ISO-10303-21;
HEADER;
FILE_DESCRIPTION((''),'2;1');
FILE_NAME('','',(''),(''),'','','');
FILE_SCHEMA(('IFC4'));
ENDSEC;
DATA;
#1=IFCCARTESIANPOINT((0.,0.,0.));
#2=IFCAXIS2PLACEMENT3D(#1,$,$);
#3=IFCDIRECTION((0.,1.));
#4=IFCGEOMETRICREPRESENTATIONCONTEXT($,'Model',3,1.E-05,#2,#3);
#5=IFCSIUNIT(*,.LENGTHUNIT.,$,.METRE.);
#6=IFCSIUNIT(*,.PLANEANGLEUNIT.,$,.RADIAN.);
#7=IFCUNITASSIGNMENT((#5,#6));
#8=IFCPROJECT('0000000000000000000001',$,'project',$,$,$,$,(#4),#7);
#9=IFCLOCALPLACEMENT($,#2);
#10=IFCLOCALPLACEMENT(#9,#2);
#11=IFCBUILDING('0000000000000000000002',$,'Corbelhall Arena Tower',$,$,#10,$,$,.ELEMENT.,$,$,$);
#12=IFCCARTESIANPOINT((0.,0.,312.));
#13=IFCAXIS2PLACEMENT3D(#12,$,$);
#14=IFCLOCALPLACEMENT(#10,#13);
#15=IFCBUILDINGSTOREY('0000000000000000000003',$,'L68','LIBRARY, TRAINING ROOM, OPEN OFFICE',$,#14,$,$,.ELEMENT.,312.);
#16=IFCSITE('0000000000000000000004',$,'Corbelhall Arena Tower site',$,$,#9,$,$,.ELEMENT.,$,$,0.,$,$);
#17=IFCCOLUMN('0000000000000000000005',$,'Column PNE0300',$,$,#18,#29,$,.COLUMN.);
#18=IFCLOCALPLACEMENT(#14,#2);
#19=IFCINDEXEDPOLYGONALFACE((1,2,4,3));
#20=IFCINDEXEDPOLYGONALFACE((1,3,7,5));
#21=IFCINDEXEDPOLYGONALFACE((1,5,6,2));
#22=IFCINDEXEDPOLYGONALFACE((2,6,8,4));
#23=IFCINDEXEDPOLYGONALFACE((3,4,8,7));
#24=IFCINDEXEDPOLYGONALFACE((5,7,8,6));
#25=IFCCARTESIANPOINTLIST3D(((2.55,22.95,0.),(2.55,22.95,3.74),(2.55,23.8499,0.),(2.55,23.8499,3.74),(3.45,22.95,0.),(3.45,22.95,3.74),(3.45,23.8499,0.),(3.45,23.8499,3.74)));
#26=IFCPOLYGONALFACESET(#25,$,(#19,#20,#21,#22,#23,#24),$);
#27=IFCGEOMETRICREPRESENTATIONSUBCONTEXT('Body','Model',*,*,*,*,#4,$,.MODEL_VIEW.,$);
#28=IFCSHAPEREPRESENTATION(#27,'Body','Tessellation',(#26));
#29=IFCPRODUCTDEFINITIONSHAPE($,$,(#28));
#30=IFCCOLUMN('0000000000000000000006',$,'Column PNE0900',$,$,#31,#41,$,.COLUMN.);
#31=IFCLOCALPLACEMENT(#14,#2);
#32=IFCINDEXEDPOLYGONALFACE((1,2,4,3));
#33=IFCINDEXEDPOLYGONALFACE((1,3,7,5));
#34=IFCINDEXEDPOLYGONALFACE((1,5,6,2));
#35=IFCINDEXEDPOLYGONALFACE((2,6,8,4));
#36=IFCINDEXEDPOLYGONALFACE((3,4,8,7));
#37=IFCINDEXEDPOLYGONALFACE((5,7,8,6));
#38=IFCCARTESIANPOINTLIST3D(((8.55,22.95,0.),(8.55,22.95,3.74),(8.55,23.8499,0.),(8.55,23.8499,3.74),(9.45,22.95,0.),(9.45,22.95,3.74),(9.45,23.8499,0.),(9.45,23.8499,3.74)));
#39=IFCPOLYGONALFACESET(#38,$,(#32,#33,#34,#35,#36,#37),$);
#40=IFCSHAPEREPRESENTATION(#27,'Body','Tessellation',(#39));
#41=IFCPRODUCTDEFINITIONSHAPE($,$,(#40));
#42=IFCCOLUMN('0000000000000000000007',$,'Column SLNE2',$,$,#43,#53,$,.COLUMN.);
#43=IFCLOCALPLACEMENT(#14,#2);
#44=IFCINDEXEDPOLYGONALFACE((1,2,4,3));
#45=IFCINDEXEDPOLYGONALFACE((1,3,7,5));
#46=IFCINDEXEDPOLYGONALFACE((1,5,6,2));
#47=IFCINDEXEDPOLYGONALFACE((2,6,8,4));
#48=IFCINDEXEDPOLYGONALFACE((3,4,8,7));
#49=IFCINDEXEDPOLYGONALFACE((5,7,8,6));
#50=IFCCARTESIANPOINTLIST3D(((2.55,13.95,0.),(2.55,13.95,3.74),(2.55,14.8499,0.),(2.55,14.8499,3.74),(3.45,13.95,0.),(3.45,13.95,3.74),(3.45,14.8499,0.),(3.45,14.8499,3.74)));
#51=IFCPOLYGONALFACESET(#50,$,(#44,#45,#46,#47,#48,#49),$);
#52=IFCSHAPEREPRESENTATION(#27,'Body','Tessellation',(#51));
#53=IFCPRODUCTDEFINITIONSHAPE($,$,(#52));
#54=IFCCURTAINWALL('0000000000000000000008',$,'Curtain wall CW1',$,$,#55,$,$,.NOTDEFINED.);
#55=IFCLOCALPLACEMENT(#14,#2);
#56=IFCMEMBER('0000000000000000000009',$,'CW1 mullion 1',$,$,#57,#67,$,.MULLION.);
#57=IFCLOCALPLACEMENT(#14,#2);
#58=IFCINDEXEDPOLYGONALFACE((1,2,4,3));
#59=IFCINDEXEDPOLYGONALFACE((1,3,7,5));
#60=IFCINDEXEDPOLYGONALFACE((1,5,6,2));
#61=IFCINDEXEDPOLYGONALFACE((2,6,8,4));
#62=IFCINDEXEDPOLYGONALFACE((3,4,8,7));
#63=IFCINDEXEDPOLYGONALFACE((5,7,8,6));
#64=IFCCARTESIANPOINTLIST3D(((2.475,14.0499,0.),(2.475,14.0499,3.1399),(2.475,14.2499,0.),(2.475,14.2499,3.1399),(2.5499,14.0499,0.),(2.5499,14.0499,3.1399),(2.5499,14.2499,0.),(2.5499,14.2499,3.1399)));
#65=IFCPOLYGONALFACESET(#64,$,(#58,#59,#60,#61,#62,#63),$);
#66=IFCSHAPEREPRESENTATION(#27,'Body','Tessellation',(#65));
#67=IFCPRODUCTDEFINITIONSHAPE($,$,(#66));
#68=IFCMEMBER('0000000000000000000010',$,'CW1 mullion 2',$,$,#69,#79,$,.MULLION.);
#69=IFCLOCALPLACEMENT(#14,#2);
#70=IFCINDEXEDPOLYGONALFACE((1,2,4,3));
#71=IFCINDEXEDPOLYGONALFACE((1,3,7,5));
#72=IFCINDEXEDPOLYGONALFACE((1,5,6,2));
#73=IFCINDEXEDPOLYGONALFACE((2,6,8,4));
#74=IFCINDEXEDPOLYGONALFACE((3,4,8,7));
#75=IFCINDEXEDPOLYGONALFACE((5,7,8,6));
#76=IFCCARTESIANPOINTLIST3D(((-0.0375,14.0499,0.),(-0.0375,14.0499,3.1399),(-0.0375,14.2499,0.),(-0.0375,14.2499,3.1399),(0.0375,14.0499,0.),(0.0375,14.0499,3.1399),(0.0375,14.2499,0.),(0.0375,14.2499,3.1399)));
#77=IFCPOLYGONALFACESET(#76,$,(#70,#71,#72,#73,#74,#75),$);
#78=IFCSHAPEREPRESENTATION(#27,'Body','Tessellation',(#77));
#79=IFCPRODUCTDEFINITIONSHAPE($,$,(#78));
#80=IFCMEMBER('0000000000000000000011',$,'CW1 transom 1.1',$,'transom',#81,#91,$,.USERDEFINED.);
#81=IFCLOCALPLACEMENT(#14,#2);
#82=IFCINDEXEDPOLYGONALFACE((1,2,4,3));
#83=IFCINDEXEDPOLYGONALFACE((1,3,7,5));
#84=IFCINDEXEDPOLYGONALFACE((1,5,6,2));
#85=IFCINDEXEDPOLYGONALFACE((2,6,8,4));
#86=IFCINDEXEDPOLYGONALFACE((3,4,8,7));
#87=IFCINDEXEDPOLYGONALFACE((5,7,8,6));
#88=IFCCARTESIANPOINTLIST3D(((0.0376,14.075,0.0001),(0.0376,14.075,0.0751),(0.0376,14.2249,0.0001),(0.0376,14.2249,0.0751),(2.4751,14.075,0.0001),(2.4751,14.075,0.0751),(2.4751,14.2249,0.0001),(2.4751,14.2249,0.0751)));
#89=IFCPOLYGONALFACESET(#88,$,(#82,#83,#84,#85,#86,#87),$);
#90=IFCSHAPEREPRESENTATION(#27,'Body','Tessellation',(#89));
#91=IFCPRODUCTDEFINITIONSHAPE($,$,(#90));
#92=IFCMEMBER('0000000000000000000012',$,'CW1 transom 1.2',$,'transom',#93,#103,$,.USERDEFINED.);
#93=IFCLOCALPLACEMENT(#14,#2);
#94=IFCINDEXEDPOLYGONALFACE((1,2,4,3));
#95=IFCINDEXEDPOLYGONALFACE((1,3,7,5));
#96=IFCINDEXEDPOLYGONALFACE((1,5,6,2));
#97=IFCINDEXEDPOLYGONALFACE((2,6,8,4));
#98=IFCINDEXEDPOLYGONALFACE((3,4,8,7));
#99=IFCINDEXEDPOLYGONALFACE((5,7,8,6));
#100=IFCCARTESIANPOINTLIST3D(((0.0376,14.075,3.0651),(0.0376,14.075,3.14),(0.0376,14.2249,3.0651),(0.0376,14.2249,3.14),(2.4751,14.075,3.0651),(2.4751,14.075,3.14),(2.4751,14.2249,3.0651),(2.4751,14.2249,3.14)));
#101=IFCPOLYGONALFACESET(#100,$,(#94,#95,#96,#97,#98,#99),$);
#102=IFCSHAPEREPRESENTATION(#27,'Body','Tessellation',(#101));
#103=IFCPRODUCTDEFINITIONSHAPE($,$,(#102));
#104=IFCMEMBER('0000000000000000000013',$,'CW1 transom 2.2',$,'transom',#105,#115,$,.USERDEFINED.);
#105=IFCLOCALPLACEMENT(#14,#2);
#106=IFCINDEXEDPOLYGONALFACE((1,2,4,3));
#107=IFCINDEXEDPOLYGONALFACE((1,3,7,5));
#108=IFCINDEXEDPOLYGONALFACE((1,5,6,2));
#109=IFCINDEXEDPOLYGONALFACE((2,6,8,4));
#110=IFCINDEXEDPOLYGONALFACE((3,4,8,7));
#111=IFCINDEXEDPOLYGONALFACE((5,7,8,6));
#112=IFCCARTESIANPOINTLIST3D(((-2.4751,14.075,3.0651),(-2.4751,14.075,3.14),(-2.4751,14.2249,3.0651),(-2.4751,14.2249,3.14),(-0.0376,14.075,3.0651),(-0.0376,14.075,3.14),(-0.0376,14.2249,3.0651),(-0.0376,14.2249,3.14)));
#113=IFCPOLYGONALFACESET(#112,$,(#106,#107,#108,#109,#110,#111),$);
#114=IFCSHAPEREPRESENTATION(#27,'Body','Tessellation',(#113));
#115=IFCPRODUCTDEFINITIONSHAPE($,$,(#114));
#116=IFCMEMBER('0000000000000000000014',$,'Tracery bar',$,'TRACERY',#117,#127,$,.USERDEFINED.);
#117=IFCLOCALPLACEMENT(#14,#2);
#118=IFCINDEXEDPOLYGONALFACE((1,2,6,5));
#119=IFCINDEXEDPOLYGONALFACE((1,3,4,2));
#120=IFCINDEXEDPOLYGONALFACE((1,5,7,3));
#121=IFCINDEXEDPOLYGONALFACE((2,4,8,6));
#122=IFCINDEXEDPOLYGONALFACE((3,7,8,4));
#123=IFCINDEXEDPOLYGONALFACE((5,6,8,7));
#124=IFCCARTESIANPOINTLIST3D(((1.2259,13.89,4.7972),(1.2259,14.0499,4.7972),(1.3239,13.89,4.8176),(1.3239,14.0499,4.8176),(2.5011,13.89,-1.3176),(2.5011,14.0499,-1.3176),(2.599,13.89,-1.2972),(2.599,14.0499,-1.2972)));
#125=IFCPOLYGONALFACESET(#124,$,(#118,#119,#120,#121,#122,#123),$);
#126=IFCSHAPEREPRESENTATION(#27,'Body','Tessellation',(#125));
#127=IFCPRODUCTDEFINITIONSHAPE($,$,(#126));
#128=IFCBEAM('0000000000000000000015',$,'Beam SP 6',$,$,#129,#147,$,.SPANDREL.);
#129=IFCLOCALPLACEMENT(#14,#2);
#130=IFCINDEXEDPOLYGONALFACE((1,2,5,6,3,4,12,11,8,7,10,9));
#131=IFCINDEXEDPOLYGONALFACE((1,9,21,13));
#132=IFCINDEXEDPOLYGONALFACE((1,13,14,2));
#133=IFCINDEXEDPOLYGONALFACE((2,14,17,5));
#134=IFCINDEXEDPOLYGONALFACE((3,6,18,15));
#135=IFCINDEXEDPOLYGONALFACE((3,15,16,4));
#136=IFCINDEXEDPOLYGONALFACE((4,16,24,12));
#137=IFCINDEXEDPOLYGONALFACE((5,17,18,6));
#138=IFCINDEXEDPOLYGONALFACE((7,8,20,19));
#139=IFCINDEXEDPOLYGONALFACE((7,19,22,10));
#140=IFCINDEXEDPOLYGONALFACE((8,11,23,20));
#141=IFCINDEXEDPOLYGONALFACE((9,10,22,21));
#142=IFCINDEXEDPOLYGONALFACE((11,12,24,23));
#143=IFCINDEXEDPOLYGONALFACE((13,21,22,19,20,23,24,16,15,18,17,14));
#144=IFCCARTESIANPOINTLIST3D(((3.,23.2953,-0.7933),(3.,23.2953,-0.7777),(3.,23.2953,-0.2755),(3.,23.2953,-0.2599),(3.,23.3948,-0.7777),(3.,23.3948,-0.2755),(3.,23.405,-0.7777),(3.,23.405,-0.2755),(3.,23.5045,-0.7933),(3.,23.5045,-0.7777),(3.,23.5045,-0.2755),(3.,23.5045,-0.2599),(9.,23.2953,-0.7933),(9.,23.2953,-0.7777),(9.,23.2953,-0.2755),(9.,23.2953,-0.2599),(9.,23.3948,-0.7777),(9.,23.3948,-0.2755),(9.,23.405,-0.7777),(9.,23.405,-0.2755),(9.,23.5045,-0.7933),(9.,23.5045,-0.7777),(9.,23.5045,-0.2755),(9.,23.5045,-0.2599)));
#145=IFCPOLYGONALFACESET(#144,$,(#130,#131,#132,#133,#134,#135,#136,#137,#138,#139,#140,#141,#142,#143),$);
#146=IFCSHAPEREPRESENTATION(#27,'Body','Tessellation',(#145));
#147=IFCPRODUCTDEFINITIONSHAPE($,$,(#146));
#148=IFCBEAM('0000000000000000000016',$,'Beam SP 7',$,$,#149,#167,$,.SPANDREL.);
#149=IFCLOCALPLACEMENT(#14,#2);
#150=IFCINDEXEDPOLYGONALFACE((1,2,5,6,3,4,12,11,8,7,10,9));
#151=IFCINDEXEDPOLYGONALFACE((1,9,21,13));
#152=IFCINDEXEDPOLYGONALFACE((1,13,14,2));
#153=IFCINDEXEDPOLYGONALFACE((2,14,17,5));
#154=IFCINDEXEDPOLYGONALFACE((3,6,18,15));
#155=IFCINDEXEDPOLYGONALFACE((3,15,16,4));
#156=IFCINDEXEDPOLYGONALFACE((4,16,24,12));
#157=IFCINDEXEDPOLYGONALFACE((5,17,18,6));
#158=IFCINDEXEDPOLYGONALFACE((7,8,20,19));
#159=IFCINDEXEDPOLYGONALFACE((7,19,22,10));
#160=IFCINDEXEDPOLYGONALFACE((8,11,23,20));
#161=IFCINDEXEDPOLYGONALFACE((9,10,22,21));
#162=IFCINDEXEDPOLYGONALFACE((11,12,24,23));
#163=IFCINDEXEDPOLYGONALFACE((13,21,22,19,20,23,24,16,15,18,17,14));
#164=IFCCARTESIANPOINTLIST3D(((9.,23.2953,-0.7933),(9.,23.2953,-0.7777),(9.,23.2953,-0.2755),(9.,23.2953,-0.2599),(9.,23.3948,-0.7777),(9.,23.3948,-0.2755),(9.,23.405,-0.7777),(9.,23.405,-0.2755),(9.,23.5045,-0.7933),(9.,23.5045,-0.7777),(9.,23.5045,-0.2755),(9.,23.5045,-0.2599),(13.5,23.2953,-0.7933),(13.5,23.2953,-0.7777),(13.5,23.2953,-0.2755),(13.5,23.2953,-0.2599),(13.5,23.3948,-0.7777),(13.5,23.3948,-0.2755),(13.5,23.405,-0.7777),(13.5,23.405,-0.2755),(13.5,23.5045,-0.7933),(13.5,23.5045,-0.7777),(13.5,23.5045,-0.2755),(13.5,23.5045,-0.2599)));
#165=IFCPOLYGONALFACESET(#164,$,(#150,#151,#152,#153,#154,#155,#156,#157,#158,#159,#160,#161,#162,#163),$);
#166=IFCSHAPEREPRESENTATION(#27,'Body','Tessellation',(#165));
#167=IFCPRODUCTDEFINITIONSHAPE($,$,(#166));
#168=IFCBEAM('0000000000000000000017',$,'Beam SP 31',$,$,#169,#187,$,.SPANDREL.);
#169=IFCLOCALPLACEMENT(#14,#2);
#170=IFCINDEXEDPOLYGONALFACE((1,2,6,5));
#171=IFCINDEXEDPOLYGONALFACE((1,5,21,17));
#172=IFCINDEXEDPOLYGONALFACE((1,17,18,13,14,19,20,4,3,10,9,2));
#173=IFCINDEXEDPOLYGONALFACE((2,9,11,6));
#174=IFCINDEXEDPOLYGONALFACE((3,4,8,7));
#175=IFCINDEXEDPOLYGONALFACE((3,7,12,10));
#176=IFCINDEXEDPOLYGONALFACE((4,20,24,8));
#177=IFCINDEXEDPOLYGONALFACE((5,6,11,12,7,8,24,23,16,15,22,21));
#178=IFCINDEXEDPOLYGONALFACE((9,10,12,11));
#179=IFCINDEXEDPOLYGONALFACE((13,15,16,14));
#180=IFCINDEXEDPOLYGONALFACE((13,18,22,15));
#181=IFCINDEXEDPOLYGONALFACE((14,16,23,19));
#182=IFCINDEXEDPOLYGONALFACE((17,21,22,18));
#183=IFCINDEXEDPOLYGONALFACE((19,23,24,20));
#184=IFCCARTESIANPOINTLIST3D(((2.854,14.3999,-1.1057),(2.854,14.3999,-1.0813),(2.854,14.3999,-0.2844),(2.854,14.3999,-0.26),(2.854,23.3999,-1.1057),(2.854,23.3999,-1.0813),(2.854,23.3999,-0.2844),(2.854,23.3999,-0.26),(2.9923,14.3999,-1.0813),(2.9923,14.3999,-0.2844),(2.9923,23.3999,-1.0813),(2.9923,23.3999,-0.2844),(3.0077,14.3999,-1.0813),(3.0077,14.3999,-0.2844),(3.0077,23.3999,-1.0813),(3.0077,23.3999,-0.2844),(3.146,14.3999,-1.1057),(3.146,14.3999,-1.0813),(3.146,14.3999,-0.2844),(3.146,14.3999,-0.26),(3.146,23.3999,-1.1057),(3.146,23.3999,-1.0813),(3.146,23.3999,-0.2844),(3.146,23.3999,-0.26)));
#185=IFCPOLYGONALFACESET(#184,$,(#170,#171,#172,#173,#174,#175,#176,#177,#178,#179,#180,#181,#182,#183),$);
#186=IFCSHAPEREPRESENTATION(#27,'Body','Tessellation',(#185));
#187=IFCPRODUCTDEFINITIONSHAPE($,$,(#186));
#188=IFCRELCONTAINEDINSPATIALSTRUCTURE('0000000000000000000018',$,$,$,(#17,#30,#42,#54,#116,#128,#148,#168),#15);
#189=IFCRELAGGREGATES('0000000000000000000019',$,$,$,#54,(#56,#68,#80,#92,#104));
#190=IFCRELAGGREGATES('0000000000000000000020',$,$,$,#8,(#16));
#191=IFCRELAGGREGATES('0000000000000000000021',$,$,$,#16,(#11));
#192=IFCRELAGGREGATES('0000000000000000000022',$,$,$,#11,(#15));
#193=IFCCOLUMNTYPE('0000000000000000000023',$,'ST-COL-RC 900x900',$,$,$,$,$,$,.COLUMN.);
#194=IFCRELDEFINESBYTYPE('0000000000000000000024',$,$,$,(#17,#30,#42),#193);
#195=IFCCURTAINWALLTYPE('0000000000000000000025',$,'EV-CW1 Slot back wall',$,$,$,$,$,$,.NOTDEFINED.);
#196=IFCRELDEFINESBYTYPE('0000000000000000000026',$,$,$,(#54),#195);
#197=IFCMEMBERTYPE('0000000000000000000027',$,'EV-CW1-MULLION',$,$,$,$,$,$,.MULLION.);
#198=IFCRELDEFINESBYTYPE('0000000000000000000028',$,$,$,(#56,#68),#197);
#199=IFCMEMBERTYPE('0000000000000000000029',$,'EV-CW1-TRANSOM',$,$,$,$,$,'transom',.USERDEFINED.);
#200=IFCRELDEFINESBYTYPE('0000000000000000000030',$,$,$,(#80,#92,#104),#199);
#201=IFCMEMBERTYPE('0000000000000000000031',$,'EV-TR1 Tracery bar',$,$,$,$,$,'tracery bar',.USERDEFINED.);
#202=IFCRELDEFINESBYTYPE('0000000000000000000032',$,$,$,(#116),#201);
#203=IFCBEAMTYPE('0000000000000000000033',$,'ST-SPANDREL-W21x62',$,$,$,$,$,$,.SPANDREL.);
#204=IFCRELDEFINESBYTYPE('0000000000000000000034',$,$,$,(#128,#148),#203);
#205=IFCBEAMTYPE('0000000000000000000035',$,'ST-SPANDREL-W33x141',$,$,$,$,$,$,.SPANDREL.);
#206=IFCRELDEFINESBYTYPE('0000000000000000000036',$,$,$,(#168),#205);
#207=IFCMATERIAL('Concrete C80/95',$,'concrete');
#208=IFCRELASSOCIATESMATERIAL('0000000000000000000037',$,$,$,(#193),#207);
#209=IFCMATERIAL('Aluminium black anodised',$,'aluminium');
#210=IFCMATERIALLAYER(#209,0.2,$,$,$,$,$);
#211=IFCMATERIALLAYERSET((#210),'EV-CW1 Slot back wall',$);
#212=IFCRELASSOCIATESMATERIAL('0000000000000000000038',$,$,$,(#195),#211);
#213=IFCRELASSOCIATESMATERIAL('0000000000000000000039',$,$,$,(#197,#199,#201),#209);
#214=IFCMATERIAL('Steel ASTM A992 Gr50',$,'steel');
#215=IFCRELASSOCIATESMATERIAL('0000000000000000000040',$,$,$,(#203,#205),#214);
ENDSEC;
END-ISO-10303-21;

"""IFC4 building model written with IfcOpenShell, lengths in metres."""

from ifc_helpers import new_model, si_unit, direction, frame, origin, origin_2d, place, context, subcontext, project, spatial, rectangle, i_section, extrude, material, layer, layer_set, material_profile, profile_set, type_object, element, aggregate, save


model = new_model("IFC4")

# Units and contexts
model_context = context("Model", 3, precision=1e-05, world=origin(), true_north=direction((0.0, 1.0)))
body_context = subcontext(model_context, "Body", "Model", "MODEL_VIEW")
ifc_project = project(units=[si_unit("LENGTHUNIT", "METRE"), si_unit("PLANEANGLEUNIT", "RADIAN")], contexts=[model_context])

# Site, building, storey
site_placement = place(None, origin())
site = spatial("IfcSite", under=ifc_project, at=site_placement, Name="Corbelhall Arena Tower site", CompositionType="ELEMENT", RefElevation=0.0)
building_placement = place(site_placement, origin())
building = spatial("IfcBuilding", under=site, at=building_placement, Name="Corbelhall Arena Tower", CompositionType="ELEMENT")
storey_placement = place(building_placement, frame((0.0, 0.0, 312.0)))
storey = spatial("IfcBuildingStorey", under=building, at=storey_placement, Name="L68", Description="LIBRARY, TRAINING ROOM, OPEN OFFICE", CompositionType="ELEMENT", Elevation=312.0)

# Columns
ifc_material_1 = material(Name="Concrete C80/95", Category="concrete")
ifc_material_profile_1 = material_profile(ifc_material_1, rectangle(XDim=0.8999, YDim=0.8999, at=origin_2d()))
ifc_profile_set_1 = profile_set([ifc_material_profile_1], Name="Concrete C80/95")
column_type = type_object("IfcColumnType", Name="ST-COL-RC 900x900", PredefinedType="COLUMN", material=ifc_profile_set_1)
for number, where, z_axis, x_axis, name in (
    (1, (3.0, 23.3999, 0.0), (0.0, 0.0, 1.0), (1.0, 0.0, 0.0), "Column PNE0300"),
    (2, (9.0, 23.3999, 0.0), (0.0, 0.0, 1.0), (1.0, 0.0, 0.0), "Column PNE0900"),
    (3, (3.0, 14.3999, 0.0), (0.0, 0.0, 1.0), (1.0, 0.0, 0.0), "Column SLNE2"),
):
    element("IfcColumn", number, at=place(storey_placement, frame(where, z_axis=z_axis, x_axis=x_axis)), inside=storey, type_object=column_type, Name=name, PredefinedType="COLUMN", context=body_context, shape_type="SweptSolid", body=[
        extrude(rectangle(XDim=0.8999, YDim=0.8999, at=origin_2d()), origin(), (0.0, 0.0, 1.0), 3.74),
    ])

# Curtain wall, members
ifc_material_2 = material(Name="Aluminium black anodised", Category="aluminium")
ifc_layer_1 = layer(ifc_material_2, 0.2)
ifc_layer_set_1 = layer_set([ifc_layer_1], Name="EV-CW1 Slot back wall")
curtain_wall_type = type_object("IfcCurtainWallType", Name="EV-CW1 Slot back wall", PredefinedType="NOTDEFINED", material=ifc_layer_set_1)
curtain_wall_placement = place(storey_placement, origin())
curtain_wall = element("IfcCurtainWall", 4, at=curtain_wall_placement, inside=storey, type_object=curtain_wall_type, Name="Curtain wall CW1", PredefinedType="NOTDEFINED")
ifc_material_profile_2 = material_profile(ifc_material_2, rectangle(XDim=0.2, YDim=0.075, at=origin_2d()))
ifc_profile_set_2 = profile_set([ifc_material_profile_2], Name="Aluminium black anodised")
member_type_1 = type_object("IfcMemberType", Name="EV-CW1-MULLION", PredefinedType="MULLION", material=ifc_profile_set_2)
member_1_placement = place(storey_placement, frame((2.5125, 14.1499, 0.0), z_axis=(0.0, 0.0, 1.0), x_axis=(0.0, -1.0, 0.0)))
member_1 = element("IfcMember", 5, at=member_1_placement, type_object=member_type_1, Name="CW1 mullion 1", PredefinedType="MULLION", context=body_context, shape_type="SweptSolid", body=[
    extrude(rectangle(XDim=0.2, YDim=0.075, at=origin_2d()), origin(), (0.0, 0.0, 1.0), 3.1399),
])
member_2_placement = place(storey_placement, frame((0.0, 14.1499, 0.0), z_axis=(0.0, 0.0, 1.0), x_axis=(0.0, -1.0, 0.0)))
member_2 = element("IfcMember", 6, at=member_2_placement, type_object=member_type_1, Name="CW1 mullion 2", PredefinedType="MULLION", context=body_context, shape_type="SweptSolid", body=[
    extrude(rectangle(XDim=0.2, YDim=0.075, at=origin_2d()), origin(), (0.0, 0.0, 1.0), 3.1399),
])
ifc_material_profile_3 = material_profile(ifc_material_2, rectangle(XDim=0.1499, YDim=0.075, at=origin_2d()))
ifc_profile_set_3 = profile_set([ifc_material_profile_3], Name="Aluminium black anodised")
member_type_2 = type_object("IfcMemberType", Name="EV-CW1-TRANSOM", ElementType="transom", PredefinedType="USERDEFINED", material=ifc_profile_set_3)
member_3_placement = place(storey_placement, frame((2.4751, 14.1499, 0.0376), z_axis=(-1.0, 0.0, 0.0), x_axis=(0.0, -1.0, 0.0)))
member_3 = element("IfcMember", 7, at=member_3_placement, type_object=member_type_2, Name="CW1 transom 1.1", ObjectType="transom", PredefinedType="USERDEFINED", context=body_context, shape_type="SweptSolid", body=[
    extrude(rectangle(XDim=0.1499, YDim=0.075, at=origin_2d()), origin(), (0.0, 0.0, 1.0), 2.4375),
])
member_4_placement = place(storey_placement, frame((2.4751, 14.1499, 3.1025), z_axis=(-1.0, 0.0, 0.0), x_axis=(0.0, -1.0, 0.0)))
member_4 = element("IfcMember", 8, at=member_4_placement, type_object=member_type_2, Name="CW1 transom 1.2", ObjectType="transom", PredefinedType="USERDEFINED", context=body_context, shape_type="SweptSolid", body=[
    extrude(rectangle(XDim=0.1499, YDim=0.075, at=origin_2d()), origin(), (0.0, 0.0, 1.0), 2.4375),
])
member_5_placement = place(storey_placement, frame((-0.0376, 14.1499, 3.1025), z_axis=(-1.0, 0.0, 0.0), x_axis=(0.0, -1.0, 0.0)))
member_5 = element("IfcMember", 9, at=member_5_placement, type_object=member_type_2, Name="CW1 transom 2.2", ObjectType="transom", PredefinedType="USERDEFINED", context=body_context, shape_type="SweptSolid", body=[
    extrude(rectangle(XDim=0.1499, YDim=0.075, at=origin_2d()), origin(), (0.0, 0.0, 1.0), 2.4375),
])

# Member
ifc_material_profile_4 = material_profile(ifc_material_2, rectangle(XDim=0.1599, YDim=0.1001, at=origin_2d()))
ifc_profile_set_4 = profile_set([ifc_material_profile_4], Name="Aluminium black anodised")
member_type_3 = type_object("IfcMemberType", Name="EV-TR1 Tracery bar", ElementType="tracery bar", PredefinedType="USERDEFINED", material=ifc_profile_set_4)
member_6_placement = place(storey_placement, frame((2.55, 13.97, -1.3074), z_axis=(-0.204145, 0.0, 0.978941), x_axis=(0.0, -1.0, 0.0)))
element("IfcMember", 10, at=member_6_placement, inside=storey, type_object=member_type_3, Name="Tracery bar", ObjectType="TRACERY", PredefinedType="USERDEFINED", context=body_context, shape_type="SweptSolid", body=[
    extrude(rectangle(XDim=0.1599, YDim=0.1001, at=origin_2d()), origin(), (0.0, 0.0, 1.0), 6.2463),
])

# Beams
ifc_material_3 = material(Name="Steel ASTM A992 Gr50", Category="steel")
ifc_material_profile_5 = material_profile(ifc_material_3, i_section(OverallWidth=0.2092, OverallDepth=0.5334, WebThickness=0.0103, FlangeThickness=0.0156, at=origin_2d()))
ifc_profile_set_5 = profile_set([ifc_material_profile_5], Name="Steel ASTM A992 Gr50")
beam_type_1 = type_object("IfcBeamType", Name="ST-SPANDREL-W21x62", PredefinedType="SPANDREL", material=ifc_profile_set_5)
beam_1_placement = place(storey_placement, frame((3.0, 23.3999, -0.5266), z_axis=(1.0, 0.0, 0.0), x_axis=(0.0, 1.0, 0.0)))
element("IfcBeam", 11, at=beam_1_placement, inside=storey, type_object=beam_type_1, Name="Beam SP 6", PredefinedType="SPANDREL", context=body_context, shape_type="SweptSolid", body=[
    extrude(i_section(OverallWidth=0.2092, OverallDepth=0.5334, WebThickness=0.0103, FlangeThickness=0.0156, at=origin_2d()), origin(), (0.0, 0.0, 1.0), 6.0),
])
beam_2_placement = place(storey_placement, frame((9.0, 23.3999, -0.5266), z_axis=(1.0, 0.0, 0.0), x_axis=(0.0, 1.0, 0.0)))
element("IfcBeam", 12, at=beam_2_placement, inside=storey, type_object=beam_type_1, Name="Beam SP 7", PredefinedType="SPANDREL", context=body_context, shape_type="SweptSolid", body=[
    extrude(i_section(OverallWidth=0.2092, OverallDepth=0.5334, WebThickness=0.0103, FlangeThickness=0.0156, at=origin_2d()), origin(), (0.0, 0.0, 1.0), 4.5),
])
ifc_material_profile_6 = material_profile(ifc_material_3, i_section(OverallWidth=0.292, OverallDepth=0.8457, WebThickness=0.0154, FlangeThickness=0.0244, at=origin_2d()))
ifc_profile_set_6 = profile_set([ifc_material_profile_6], Name="Steel ASTM A992 Gr50")
beam_type_2 = type_object("IfcBeamType", Name="ST-SPANDREL-W33x141", PredefinedType="SPANDREL", material=ifc_profile_set_6)
beam_3_placement = place(storey_placement, frame((3.0, 14.3999, -0.6829), z_axis=(0.0, 1.0, 0.0), x_axis=(-1.0, 0.0, 0.0)))
element("IfcBeam", 13, at=beam_3_placement, inside=storey, type_object=beam_type_2, Name="Beam SP 31", PredefinedType="SPANDREL", context=body_context, shape_type="SweptSolid", body=[
    extrude(i_section(OverallWidth=0.292, OverallDepth=0.8457, WebThickness=0.0154, FlangeThickness=0.0244, at=origin_2d()), origin(), (0.0, 0.0, 1.0), 9.0),
])

aggregate(curtain_wall, [member_1, member_2, member_3, member_4, member_5])

save(model, "model.ifc")
